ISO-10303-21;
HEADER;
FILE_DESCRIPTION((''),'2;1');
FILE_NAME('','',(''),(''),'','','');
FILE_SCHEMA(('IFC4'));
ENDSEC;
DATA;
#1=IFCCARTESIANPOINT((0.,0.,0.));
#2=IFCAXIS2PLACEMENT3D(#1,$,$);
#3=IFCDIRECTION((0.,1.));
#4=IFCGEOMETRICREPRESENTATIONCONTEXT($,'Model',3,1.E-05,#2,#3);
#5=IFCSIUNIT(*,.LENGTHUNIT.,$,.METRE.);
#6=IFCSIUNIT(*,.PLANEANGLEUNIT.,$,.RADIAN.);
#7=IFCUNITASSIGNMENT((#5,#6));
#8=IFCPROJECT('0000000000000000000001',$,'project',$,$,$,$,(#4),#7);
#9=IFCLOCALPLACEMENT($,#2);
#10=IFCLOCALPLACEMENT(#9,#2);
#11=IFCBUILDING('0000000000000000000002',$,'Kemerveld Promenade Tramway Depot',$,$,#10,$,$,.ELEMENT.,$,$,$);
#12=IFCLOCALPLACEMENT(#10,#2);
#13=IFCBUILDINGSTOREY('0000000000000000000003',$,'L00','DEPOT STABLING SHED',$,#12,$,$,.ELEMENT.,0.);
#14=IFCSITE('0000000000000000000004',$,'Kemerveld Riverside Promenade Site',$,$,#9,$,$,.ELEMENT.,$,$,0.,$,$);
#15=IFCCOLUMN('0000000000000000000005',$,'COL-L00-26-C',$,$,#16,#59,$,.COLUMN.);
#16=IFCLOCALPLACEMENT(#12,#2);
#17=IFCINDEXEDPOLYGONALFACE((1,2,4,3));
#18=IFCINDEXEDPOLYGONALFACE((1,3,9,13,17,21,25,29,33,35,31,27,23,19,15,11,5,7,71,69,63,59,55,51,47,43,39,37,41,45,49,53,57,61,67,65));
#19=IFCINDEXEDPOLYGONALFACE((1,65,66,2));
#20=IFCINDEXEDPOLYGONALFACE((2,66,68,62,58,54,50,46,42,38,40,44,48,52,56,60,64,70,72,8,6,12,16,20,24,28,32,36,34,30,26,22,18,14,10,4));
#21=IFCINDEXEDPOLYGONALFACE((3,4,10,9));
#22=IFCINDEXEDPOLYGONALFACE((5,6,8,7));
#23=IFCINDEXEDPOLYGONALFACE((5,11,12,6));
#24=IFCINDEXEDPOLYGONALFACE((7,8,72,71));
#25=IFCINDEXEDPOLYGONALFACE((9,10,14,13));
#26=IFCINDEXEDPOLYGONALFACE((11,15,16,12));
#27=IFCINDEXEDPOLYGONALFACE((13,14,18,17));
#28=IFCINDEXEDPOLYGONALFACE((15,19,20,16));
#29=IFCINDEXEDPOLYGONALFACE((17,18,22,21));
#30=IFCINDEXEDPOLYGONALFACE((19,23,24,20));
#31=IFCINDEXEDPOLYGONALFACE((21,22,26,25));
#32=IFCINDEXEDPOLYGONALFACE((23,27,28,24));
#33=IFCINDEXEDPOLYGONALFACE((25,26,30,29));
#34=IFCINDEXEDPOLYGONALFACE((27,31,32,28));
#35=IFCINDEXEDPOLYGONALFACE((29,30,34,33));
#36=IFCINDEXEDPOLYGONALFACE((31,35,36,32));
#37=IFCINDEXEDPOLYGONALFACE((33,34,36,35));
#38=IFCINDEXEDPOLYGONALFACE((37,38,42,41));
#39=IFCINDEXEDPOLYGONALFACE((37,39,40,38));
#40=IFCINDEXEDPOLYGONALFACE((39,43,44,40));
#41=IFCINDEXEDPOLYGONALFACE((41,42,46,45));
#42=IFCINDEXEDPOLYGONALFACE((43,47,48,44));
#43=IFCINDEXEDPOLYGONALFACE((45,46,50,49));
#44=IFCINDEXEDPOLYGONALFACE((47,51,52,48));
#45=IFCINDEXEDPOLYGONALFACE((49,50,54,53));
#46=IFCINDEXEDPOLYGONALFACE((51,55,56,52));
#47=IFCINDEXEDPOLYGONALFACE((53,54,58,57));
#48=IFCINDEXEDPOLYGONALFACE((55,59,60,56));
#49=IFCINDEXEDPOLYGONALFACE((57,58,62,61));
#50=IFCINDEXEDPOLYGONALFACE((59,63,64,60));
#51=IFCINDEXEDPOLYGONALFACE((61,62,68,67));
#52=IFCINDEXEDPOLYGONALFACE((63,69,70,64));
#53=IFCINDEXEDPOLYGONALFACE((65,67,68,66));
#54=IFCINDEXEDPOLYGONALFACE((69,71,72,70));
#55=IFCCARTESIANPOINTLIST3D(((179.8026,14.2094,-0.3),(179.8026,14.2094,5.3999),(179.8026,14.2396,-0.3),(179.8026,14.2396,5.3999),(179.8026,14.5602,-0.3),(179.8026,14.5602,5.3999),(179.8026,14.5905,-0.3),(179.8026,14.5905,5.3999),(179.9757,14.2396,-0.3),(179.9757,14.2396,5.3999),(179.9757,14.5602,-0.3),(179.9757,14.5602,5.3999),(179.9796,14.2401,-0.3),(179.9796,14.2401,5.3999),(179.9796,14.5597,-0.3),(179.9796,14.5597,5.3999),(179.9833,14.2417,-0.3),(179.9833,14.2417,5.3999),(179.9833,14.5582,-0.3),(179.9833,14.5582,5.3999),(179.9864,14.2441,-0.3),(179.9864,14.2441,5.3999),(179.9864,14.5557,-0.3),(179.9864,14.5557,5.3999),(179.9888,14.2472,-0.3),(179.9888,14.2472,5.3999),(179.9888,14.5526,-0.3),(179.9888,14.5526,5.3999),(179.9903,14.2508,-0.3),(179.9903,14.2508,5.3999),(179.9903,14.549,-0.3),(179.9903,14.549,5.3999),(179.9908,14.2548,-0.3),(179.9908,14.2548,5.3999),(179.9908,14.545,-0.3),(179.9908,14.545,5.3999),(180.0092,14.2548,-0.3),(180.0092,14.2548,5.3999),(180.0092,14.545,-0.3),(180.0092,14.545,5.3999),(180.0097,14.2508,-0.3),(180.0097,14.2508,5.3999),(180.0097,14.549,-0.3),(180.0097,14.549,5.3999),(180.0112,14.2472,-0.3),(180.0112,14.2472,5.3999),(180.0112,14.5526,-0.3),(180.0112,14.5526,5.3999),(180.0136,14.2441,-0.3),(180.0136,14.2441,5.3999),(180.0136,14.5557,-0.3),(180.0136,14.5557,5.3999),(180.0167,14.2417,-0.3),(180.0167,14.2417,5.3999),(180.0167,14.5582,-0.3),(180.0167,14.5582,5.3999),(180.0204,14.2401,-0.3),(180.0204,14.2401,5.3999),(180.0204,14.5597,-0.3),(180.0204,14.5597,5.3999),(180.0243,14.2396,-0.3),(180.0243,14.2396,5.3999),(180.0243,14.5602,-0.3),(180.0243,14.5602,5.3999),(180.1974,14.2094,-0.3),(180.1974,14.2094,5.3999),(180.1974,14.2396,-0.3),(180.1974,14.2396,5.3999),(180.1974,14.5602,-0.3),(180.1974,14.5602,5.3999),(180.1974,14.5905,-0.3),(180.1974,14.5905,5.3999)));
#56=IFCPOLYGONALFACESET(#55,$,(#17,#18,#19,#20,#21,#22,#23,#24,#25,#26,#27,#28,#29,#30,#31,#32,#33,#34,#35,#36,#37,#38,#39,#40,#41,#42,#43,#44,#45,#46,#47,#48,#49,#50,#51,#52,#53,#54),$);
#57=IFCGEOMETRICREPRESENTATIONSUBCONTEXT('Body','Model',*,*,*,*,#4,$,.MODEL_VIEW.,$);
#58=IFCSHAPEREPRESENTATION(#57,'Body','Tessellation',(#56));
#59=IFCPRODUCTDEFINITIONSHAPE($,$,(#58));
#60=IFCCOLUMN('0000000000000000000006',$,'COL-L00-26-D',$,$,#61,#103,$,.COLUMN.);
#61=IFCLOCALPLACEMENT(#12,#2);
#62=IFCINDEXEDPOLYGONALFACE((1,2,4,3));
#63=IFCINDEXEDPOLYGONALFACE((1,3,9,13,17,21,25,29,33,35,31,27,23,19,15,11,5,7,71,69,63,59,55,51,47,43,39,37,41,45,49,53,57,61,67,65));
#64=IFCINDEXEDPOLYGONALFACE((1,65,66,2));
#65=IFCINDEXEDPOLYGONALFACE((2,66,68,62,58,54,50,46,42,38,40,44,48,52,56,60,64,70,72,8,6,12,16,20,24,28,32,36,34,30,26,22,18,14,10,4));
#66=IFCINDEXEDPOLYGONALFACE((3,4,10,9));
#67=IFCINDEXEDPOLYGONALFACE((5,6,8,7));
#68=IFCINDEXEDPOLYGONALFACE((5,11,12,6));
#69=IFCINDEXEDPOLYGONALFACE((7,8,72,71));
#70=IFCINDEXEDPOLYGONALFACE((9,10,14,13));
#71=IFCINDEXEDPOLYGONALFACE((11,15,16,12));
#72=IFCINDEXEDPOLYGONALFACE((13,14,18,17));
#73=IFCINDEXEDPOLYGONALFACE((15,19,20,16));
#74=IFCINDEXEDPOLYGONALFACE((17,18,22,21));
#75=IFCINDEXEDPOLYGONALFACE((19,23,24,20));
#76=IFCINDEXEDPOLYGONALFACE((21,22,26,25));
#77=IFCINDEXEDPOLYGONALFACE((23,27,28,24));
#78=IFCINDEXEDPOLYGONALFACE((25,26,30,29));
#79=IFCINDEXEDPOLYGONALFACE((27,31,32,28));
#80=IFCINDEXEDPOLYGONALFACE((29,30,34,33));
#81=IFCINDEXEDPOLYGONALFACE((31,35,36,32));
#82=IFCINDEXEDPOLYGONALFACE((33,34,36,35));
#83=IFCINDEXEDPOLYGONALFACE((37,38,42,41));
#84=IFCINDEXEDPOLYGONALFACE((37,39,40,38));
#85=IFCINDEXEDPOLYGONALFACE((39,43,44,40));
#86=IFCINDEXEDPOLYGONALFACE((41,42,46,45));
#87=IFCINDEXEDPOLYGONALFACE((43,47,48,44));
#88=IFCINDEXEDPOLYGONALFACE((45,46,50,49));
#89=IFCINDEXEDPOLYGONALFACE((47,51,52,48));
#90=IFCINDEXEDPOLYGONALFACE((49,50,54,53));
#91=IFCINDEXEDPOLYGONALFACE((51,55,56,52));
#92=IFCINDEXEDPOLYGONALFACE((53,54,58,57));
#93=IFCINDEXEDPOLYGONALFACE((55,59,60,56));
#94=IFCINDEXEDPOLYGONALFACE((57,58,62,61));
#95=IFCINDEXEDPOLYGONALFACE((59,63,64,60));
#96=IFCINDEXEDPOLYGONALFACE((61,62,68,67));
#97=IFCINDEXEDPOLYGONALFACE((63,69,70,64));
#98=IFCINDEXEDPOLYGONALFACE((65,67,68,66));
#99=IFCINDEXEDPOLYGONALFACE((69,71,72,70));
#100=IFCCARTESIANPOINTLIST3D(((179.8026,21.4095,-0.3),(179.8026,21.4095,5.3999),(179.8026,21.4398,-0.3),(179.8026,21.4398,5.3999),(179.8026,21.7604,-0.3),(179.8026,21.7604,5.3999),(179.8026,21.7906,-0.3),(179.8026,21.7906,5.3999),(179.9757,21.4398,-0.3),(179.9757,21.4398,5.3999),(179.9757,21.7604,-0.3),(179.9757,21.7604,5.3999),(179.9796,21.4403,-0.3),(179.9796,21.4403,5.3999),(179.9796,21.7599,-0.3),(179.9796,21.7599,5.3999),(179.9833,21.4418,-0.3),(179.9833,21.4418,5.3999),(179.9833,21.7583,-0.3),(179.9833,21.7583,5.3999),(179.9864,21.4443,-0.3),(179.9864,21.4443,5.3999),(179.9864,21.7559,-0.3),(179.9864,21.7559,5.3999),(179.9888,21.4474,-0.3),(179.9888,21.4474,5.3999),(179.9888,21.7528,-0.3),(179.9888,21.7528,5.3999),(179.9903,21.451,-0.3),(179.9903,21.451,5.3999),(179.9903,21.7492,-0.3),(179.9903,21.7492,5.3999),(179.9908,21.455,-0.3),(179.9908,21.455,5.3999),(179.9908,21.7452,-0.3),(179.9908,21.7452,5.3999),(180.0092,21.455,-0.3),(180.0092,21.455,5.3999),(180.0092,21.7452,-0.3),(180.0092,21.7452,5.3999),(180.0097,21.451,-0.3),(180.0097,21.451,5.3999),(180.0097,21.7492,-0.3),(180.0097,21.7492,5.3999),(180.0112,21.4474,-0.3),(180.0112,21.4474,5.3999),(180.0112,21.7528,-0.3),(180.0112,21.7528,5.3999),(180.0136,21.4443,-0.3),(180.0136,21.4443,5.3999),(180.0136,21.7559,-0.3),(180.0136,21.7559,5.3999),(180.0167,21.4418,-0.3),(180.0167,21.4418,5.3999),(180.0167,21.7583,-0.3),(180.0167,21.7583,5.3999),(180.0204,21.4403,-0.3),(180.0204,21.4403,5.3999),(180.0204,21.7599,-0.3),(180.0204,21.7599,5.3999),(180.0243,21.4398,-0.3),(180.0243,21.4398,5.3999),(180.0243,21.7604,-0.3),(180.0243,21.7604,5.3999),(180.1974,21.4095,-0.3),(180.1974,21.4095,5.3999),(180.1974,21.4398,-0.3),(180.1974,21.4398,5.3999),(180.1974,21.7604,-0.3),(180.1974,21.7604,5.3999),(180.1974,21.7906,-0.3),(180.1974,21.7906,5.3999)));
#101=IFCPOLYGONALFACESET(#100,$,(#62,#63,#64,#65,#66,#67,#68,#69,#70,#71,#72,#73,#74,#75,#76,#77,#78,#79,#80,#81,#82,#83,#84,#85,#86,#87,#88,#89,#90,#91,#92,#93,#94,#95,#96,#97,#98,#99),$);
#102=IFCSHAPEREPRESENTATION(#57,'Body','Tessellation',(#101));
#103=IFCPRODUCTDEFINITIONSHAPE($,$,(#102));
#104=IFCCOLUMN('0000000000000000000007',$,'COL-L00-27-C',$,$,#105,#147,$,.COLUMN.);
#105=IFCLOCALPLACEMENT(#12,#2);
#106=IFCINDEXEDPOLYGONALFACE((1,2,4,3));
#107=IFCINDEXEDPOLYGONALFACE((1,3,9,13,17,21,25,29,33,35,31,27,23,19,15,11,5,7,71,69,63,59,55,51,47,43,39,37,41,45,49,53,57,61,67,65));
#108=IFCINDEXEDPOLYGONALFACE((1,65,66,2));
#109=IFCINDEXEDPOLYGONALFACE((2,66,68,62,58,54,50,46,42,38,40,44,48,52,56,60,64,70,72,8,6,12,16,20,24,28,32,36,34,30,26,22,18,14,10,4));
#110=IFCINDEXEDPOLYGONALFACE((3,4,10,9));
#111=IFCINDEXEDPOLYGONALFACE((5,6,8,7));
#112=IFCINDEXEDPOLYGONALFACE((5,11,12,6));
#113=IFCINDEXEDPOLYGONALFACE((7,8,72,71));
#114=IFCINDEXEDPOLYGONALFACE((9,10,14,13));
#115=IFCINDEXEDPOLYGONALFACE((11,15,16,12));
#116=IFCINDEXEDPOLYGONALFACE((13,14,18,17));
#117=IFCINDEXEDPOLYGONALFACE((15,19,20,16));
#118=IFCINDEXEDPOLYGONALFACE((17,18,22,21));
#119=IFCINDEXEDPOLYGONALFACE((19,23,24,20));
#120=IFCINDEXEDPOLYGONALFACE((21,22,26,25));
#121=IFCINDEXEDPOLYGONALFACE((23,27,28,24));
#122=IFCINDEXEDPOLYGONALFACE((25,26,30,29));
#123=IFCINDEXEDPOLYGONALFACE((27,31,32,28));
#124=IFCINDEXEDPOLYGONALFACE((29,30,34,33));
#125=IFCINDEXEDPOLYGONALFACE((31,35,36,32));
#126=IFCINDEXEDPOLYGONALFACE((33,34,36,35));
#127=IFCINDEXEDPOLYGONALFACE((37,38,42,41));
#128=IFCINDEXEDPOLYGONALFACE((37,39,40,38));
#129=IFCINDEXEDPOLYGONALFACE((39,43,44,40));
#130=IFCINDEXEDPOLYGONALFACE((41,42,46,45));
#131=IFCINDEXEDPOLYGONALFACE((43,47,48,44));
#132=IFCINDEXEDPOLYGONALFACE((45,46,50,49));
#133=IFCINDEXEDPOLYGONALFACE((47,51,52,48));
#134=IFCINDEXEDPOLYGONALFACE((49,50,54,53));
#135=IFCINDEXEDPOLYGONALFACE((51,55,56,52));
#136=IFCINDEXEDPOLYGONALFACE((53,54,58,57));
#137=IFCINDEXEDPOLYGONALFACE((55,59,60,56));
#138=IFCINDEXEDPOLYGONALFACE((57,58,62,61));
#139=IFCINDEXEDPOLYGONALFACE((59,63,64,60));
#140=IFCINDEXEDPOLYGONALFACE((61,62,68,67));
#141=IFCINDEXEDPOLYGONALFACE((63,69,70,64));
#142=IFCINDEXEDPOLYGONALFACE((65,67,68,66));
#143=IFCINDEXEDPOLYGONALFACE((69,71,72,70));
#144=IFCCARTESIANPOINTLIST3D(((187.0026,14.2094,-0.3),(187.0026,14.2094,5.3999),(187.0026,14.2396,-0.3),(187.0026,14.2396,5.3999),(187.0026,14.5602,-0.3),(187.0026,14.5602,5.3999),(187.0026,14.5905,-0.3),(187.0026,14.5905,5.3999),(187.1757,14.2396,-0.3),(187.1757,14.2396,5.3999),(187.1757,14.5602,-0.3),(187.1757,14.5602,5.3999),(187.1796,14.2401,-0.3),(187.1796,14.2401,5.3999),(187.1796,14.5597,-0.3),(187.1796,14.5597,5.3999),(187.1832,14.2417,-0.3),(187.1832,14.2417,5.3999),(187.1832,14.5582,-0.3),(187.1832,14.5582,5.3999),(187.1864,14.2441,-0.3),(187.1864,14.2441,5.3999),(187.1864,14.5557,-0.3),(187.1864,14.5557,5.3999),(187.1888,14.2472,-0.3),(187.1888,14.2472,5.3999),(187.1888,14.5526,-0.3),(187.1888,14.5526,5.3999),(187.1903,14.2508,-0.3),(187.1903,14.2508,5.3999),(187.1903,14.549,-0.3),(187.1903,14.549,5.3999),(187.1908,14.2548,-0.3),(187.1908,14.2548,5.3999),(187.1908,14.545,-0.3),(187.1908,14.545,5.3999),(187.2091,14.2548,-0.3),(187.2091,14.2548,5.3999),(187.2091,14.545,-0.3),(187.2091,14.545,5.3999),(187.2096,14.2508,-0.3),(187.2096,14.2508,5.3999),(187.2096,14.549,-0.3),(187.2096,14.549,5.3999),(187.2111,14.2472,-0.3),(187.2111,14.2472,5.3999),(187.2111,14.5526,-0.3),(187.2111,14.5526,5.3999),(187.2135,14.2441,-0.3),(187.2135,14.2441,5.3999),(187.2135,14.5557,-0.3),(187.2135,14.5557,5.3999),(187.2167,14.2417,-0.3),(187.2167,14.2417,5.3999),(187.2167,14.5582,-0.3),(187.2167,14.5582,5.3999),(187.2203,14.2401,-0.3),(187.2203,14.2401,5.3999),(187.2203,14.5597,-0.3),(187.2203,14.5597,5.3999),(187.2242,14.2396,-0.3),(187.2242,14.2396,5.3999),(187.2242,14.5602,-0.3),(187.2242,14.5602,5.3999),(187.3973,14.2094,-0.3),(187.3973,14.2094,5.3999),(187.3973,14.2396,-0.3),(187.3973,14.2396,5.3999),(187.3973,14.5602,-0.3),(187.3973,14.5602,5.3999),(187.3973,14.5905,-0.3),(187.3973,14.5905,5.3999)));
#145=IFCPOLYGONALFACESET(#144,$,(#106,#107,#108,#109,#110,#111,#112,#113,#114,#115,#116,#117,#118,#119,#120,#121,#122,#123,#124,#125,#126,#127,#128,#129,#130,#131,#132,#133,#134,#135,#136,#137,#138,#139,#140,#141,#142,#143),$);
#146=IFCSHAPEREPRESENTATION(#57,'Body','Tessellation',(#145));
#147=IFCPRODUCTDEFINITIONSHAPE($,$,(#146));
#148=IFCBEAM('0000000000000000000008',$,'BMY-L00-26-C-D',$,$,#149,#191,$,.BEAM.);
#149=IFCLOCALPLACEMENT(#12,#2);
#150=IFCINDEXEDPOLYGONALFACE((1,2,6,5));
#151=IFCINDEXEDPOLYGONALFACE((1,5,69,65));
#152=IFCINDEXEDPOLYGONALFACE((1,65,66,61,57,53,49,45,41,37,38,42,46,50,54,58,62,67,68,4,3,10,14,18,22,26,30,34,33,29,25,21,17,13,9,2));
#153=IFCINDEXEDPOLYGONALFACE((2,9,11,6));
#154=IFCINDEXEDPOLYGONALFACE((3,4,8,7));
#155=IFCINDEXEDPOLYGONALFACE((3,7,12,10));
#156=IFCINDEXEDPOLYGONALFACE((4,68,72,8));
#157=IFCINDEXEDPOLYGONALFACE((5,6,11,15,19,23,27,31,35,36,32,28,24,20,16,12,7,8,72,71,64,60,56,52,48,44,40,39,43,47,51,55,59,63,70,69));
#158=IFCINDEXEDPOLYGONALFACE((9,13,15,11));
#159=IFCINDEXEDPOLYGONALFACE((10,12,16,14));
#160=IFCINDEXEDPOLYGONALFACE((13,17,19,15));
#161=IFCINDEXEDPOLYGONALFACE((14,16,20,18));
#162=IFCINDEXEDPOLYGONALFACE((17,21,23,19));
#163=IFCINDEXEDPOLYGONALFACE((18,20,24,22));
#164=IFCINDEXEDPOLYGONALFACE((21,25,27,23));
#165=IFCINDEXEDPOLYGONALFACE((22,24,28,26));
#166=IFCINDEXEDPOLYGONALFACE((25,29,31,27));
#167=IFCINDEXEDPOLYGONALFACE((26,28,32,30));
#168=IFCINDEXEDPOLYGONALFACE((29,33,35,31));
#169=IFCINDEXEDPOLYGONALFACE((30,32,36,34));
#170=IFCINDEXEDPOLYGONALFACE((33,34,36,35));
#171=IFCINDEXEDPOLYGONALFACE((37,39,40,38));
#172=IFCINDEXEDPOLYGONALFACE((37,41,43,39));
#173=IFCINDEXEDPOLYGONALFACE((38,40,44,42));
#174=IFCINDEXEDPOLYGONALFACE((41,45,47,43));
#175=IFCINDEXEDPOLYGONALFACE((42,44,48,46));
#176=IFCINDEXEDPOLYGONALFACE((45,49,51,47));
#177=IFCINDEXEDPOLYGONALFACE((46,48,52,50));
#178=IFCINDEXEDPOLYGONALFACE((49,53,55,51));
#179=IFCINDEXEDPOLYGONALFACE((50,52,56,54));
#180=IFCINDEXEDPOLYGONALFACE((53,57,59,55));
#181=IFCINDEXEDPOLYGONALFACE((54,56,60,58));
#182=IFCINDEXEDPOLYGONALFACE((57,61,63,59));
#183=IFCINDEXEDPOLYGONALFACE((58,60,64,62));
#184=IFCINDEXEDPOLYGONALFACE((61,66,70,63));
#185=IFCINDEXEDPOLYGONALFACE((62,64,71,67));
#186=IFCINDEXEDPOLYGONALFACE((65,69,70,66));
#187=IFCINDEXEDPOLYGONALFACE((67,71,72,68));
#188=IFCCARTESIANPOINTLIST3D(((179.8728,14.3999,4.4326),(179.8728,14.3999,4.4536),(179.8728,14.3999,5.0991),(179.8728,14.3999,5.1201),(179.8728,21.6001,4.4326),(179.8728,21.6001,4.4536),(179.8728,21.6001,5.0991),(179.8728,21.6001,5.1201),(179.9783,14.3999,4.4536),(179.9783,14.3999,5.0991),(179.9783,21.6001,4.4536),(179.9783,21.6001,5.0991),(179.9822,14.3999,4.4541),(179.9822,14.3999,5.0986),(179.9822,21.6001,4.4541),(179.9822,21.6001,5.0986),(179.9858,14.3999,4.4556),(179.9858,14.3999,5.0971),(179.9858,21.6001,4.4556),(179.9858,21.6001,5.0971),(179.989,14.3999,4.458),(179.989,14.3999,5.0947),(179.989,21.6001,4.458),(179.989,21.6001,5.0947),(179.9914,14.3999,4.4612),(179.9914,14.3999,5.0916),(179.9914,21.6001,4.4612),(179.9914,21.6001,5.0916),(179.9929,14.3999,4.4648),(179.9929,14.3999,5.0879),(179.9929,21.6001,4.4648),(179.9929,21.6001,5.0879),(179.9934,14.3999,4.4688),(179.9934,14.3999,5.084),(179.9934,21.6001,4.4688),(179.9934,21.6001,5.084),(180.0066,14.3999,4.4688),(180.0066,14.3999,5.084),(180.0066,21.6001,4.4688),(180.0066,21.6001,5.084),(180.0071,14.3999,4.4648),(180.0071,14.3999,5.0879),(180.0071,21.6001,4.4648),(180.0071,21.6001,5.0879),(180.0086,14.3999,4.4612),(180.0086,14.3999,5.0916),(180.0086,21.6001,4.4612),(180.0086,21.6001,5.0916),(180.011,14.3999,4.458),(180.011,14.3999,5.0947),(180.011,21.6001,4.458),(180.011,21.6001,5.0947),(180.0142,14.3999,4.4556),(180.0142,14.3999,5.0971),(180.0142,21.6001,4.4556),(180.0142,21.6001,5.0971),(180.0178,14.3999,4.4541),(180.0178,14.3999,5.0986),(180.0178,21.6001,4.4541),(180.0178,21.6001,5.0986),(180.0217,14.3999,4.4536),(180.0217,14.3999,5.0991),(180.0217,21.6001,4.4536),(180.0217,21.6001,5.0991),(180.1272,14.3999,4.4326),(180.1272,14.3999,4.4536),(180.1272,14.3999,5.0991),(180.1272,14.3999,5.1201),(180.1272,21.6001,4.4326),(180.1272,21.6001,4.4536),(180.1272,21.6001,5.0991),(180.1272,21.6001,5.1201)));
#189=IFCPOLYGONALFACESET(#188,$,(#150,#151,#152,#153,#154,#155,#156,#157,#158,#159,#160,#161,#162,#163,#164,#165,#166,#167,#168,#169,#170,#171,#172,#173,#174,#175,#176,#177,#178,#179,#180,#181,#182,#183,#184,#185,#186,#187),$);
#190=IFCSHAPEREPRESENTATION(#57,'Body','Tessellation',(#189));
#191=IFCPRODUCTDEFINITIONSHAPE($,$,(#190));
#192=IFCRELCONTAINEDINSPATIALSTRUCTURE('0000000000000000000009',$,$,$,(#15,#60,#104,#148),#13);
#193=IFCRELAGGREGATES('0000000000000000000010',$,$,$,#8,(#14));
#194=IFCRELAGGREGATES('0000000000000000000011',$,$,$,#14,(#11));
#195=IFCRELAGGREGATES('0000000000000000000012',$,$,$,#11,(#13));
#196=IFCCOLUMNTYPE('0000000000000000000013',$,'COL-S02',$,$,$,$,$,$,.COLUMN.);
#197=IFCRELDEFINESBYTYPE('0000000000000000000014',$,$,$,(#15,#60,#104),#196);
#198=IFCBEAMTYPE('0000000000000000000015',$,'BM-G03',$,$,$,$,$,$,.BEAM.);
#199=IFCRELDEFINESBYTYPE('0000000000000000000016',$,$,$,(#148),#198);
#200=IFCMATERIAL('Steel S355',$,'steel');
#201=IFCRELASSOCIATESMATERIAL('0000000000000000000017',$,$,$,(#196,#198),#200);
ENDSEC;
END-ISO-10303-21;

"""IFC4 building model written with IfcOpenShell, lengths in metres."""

from ifc_helpers import new_model, si_unit, direction, frame, origin, origin_2d, place, context, subcontext, project, spatial, i_section, extrude, material, material_profile, profile_set, type_object, element, save


model = new_model("IFC4")

# Units and contexts
model_context = context("Model", 3, precision=1e-05, world=origin(), true_north=direction((0.0, 1.0)))
body_context = subcontext(model_context, "Body", "Model", "MODEL_VIEW")
ifc_project = project(units=[si_unit("LENGTHUNIT", "METRE"), si_unit("PLANEANGLEUNIT", "RADIAN")], contexts=[model_context])

# Site, building, storey
site_placement = place(None, origin())
site = spatial("IfcSite", under=ifc_project, at=site_placement, Name="Kemerveld Riverside Promenade Site", CompositionType="ELEMENT", RefElevation=0.0)
building_placement = place(site_placement, origin())
building = spatial("IfcBuilding", under=site, at=building_placement, Name="Kemerveld Promenade Tramway Depot", CompositionType="ELEMENT")
storey_placement = place(building_placement, origin())
storey = spatial("IfcBuildingStorey", under=building, at=storey_placement, Name="L00", Description="DEPOT STABLING SHED", CompositionType="ELEMENT", Elevation=0.0)

# Columns
ifc_material_1 = material(Name="Steel S355", Category="steel")
ifc_material_profile_1 = material_profile(ifc_material_1, i_section(OverallWidth=0.3948, OverallDepth=0.3811, WebThickness=0.0183, FlangeThickness=0.0303, FilletRadius=0.0151, at=origin_2d()), Name="356x406x235 UC")
ifc_profile_set_1 = profile_set([ifc_material_profile_1], Name="Steel S355")
column_type = type_object("IfcColumnType", Name="COL-S02", PredefinedType="COLUMN", material=ifc_profile_set_1)
for number, where, z_axis, x_axis, name in (
    (1, (180.0, 14.3999, -0.3), (0.0, 0.0, 1.0), (1.0, 0.0, 0.0), "COL-L00-26-C"),
    (2, (180.0, 21.6001, -0.3), (0.0, 0.0, 1.0), (1.0, 0.0, 0.0), "COL-L00-26-D"),
    (3, (187.2, 14.3999, -0.3), (0.0, 0.0, 1.0), (1.0, 0.0, 0.0), "COL-L00-27-C"),
):
    element("IfcColumn", number, at=place(storey_placement, frame(where, z_axis=z_axis, x_axis=x_axis)), inside=storey, type_object=column_type, Name=name, PredefinedType="COLUMN", context=body_context, shape_type="SweptSolid", body=[
        extrude(i_section(OverallWidth=0.3948, OverallDepth=0.3811, WebThickness=0.0183, FlangeThickness=0.0303, FilletRadius=0.0151, at=origin_2d()), origin(), (0.0, 0.0, 1.0), 5.7),
    ])

# Beam
ifc_material_profile_2 = material_profile(ifc_material_1, i_section(OverallWidth=0.2544, OverallDepth=0.6875, WebThickness=0.0132, FlangeThickness=0.021, FilletRadius=0.0151, at=origin_2d()), Name="686x254x152 UB")
ifc_profile_set_2 = profile_set([ifc_material_profile_2], Name="Steel S355")
beam_type_1 = type_object("IfcBeamType", Name="BM-G03", PredefinedType="BEAM", material=ifc_profile_set_2)
beam_1_placement = place(storey_placement, frame((180.0, 14.3999, 4.7764), z_axis=(0.0, 1.0, 0.0), x_axis=(-1.0, 0.0, 0.0)))
element("IfcBeam", 4, at=beam_1_placement, inside=storey, type_object=beam_type_1, Name="BMY-L00-26-C-D", PredefinedType="BEAM", context=body_context, shape_type="SweptSolid", body=[
    extrude(i_section(OverallWidth=0.2544, OverallDepth=0.6875, WebThickness=0.0132, FlangeThickness=0.021, FilletRadius=0.0151, at=origin_2d()), origin(), (0.0, 0.0, 1.0), 7.2002),
])

save(model, "model.ifc")
